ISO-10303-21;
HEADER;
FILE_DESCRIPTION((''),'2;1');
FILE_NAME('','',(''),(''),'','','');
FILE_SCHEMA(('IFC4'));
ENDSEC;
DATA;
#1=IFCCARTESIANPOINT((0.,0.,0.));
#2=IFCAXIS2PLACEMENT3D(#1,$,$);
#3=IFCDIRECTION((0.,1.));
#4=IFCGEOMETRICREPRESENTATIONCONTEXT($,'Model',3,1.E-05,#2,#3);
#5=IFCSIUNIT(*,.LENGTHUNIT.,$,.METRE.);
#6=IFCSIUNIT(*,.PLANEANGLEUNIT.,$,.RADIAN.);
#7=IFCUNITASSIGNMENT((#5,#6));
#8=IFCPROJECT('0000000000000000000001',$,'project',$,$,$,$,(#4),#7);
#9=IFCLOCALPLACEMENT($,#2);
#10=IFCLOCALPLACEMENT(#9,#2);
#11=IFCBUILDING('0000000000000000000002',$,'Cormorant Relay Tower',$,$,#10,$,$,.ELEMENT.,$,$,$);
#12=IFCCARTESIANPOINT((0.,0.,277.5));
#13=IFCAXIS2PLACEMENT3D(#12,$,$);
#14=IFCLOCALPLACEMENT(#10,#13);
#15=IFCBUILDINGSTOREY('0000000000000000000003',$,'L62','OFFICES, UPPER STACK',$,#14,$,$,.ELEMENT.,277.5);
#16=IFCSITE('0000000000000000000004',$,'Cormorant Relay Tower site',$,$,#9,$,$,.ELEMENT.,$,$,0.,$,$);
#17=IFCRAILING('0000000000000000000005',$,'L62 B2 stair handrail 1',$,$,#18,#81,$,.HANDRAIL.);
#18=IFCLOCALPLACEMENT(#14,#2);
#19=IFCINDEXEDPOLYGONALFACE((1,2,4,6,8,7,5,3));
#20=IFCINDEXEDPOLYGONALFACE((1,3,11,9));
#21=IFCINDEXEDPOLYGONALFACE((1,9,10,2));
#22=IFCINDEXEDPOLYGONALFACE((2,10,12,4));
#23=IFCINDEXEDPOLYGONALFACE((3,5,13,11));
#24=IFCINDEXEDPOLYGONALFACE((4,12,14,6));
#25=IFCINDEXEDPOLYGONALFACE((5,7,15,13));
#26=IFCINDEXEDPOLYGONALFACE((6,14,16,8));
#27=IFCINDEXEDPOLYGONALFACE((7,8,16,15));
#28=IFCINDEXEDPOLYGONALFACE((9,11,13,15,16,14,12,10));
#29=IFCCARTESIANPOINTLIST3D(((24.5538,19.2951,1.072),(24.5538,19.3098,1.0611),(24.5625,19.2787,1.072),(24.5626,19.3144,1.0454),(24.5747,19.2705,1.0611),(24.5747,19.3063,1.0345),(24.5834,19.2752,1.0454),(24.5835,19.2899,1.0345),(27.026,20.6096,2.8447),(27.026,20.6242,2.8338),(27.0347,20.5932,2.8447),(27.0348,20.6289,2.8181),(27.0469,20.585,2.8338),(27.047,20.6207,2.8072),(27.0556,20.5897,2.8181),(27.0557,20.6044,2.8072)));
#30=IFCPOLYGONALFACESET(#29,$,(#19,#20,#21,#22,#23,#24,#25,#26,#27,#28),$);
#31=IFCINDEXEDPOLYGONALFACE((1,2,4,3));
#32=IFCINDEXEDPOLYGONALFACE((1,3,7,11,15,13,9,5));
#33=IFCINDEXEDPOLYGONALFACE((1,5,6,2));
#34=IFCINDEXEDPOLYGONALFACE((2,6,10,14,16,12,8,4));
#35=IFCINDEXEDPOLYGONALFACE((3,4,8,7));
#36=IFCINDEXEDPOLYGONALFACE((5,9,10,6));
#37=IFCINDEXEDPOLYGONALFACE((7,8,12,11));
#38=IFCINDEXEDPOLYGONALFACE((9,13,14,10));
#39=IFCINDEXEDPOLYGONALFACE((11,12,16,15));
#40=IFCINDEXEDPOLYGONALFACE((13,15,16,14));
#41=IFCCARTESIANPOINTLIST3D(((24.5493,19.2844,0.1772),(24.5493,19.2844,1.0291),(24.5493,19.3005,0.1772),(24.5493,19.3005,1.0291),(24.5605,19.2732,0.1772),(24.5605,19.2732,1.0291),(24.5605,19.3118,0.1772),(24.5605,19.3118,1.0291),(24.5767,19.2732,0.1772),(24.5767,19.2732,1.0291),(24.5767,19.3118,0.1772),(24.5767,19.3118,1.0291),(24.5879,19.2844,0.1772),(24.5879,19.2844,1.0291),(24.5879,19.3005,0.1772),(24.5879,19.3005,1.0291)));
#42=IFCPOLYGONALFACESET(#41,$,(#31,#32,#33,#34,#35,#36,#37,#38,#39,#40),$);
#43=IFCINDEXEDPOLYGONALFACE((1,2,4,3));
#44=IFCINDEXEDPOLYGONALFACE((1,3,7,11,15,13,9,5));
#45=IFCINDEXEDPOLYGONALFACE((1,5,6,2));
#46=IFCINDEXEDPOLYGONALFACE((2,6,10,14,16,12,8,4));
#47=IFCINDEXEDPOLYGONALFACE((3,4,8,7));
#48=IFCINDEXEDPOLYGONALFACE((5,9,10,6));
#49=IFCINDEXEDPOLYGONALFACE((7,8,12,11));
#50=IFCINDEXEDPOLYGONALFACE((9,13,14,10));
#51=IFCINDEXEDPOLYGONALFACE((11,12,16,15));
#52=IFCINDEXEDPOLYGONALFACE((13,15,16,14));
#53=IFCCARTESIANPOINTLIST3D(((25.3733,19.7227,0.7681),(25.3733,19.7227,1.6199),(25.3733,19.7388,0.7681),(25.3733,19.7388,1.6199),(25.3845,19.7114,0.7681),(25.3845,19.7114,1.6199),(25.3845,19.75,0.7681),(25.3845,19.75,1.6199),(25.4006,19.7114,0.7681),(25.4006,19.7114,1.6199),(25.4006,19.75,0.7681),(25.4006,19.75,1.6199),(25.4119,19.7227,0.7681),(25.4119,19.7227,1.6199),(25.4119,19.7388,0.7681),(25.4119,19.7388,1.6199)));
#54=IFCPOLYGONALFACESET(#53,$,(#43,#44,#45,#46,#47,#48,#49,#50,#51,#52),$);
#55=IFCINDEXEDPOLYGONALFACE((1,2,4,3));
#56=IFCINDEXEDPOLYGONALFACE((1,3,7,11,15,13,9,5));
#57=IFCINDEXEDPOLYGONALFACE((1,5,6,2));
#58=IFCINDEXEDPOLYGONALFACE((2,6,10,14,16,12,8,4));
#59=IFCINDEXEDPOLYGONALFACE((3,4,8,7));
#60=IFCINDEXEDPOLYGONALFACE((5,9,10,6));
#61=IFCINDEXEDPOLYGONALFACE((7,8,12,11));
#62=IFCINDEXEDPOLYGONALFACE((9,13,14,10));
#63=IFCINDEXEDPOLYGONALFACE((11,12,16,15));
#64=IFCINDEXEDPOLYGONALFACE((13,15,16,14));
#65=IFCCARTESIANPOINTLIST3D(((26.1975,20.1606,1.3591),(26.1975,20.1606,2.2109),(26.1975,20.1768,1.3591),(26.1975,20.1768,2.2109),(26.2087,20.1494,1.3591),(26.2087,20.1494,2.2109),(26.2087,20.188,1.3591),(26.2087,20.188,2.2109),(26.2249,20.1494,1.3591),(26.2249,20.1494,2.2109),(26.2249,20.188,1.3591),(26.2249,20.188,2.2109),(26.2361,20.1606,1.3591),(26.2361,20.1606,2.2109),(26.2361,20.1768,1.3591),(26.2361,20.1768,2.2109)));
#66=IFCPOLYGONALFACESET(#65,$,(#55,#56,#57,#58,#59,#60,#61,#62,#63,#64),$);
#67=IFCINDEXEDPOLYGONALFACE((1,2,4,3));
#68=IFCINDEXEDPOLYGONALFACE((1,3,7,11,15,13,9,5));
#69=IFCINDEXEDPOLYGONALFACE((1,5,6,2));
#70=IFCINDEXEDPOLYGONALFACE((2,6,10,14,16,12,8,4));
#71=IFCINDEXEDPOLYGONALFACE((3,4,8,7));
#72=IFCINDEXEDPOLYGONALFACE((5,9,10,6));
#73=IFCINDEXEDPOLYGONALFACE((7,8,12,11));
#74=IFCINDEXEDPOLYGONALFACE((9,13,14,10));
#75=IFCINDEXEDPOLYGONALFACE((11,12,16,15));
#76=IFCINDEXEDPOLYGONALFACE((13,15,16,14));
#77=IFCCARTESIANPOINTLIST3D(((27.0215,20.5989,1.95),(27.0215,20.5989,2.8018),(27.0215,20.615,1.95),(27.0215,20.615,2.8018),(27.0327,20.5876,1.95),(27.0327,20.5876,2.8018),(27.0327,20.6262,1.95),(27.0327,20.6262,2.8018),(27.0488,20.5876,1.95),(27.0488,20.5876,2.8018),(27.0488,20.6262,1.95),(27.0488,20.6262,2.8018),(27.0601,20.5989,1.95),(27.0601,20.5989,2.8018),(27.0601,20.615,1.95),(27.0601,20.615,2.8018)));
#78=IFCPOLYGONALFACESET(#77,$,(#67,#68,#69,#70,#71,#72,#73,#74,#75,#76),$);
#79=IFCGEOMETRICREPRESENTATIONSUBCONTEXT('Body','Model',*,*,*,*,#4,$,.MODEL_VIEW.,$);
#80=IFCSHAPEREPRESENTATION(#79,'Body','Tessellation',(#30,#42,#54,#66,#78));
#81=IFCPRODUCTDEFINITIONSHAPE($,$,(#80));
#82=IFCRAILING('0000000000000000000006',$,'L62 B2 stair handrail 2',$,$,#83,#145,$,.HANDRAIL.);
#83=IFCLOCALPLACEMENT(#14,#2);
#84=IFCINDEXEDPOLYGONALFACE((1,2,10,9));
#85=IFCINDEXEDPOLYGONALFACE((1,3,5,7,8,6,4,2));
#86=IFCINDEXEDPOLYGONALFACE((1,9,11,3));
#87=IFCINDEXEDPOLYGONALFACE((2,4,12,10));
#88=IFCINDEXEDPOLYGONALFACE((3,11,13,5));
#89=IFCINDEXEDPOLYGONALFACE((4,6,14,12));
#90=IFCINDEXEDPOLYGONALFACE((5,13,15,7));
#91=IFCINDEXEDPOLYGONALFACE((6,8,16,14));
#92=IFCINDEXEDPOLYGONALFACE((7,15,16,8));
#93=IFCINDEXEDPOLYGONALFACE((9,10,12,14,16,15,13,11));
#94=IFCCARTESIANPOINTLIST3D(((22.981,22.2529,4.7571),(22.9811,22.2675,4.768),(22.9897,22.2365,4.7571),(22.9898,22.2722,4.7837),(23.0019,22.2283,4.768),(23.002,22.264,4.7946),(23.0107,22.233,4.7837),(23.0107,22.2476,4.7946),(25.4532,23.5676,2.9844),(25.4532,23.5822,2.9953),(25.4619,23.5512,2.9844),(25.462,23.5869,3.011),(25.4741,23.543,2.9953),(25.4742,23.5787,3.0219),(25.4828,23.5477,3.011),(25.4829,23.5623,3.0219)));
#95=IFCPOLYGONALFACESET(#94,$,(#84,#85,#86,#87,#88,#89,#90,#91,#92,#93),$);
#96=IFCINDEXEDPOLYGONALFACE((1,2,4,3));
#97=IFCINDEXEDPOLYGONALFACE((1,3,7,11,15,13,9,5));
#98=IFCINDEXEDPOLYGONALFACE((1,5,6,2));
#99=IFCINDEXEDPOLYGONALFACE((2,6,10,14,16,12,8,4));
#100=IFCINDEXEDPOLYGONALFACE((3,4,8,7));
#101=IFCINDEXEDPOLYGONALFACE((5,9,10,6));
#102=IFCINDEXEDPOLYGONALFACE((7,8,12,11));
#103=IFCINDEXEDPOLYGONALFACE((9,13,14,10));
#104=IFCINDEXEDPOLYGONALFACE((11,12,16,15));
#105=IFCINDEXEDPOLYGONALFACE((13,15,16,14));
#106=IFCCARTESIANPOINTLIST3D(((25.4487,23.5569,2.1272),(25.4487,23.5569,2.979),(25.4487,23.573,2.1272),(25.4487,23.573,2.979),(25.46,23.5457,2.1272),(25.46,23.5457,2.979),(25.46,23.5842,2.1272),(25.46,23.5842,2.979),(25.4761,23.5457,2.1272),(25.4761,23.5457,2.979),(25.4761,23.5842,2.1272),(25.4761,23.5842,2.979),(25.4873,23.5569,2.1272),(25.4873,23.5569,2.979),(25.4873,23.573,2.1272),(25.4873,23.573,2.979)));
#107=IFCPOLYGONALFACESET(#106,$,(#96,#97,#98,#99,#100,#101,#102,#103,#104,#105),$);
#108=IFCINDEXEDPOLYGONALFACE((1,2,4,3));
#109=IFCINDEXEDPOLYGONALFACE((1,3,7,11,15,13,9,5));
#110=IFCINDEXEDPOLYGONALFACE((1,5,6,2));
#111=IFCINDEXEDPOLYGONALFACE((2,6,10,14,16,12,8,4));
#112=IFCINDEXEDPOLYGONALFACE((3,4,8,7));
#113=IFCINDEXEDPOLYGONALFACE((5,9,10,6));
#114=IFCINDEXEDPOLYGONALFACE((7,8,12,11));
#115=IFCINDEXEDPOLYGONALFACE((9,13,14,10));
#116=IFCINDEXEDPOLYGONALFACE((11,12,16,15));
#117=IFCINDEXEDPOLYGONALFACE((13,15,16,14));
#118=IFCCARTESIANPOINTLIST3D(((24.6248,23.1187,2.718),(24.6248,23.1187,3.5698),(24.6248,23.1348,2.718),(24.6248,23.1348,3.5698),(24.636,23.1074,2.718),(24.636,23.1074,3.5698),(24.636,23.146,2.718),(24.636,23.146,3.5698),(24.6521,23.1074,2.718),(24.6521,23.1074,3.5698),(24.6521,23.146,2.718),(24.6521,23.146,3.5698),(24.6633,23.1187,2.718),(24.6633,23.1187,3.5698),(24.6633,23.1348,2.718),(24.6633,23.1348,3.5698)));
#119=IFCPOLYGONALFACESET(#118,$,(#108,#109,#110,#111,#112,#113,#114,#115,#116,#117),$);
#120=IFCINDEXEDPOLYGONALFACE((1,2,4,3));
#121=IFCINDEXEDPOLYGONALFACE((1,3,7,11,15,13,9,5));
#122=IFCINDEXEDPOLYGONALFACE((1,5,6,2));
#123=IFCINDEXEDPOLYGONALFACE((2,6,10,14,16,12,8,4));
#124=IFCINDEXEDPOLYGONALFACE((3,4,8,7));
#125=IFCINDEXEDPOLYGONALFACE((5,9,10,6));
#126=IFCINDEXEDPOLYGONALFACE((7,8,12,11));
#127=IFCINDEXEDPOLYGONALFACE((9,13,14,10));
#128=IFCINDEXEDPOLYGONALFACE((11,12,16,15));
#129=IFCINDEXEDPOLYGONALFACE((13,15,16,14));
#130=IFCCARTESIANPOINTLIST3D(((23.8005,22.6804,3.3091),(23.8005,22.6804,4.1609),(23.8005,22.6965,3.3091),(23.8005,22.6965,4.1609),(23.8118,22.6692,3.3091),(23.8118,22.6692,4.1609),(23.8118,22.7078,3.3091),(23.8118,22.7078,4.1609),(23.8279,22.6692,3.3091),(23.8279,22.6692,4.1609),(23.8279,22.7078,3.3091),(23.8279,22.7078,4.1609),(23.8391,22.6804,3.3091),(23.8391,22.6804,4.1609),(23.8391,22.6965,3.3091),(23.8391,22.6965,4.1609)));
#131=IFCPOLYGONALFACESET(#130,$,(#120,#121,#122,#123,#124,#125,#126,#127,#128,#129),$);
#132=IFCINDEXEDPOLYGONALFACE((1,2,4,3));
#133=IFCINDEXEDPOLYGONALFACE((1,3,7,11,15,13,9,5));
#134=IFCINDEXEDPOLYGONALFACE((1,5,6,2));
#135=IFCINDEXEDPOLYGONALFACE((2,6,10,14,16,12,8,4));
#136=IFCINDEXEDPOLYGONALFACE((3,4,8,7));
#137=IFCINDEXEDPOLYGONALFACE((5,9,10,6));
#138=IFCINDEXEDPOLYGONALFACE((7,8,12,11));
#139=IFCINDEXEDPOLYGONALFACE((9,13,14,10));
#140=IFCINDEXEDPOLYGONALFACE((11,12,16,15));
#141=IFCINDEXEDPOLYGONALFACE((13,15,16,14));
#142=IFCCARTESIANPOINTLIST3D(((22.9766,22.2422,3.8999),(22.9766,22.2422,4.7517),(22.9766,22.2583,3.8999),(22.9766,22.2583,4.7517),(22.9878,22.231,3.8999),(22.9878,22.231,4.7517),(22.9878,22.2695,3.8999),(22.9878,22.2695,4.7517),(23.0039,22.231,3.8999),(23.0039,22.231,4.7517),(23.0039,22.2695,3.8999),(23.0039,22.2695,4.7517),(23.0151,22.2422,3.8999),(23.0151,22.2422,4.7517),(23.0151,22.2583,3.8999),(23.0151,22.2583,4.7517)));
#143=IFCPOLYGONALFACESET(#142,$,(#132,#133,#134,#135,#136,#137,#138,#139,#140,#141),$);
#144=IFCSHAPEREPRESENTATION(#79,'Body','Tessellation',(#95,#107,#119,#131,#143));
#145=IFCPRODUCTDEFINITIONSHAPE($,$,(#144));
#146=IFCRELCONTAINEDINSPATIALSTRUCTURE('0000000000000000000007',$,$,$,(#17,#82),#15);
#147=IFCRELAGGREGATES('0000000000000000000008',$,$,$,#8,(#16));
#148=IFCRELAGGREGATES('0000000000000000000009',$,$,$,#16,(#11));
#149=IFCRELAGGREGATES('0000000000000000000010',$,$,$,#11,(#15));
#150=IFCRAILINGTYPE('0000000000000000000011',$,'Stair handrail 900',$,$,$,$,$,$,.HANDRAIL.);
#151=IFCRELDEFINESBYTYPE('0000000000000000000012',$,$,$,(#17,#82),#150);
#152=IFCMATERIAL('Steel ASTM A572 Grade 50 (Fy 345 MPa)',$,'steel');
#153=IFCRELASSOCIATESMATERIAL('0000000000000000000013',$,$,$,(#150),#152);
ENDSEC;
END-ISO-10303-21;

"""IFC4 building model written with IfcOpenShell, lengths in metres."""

from ifc_helpers import new_model, si_unit, direction, frame, origin, place, context, subcontext, project, spatial, polyline, outline, extrude, material, type_object, element, save


model = new_model("IFC4")

# Units and contexts
model_context = context("Model", 3, precision=1e-05, world=origin(), true_north=direction((0.0, 1.0)))
body_context = subcontext(model_context, "Body", "Model", "MODEL_VIEW")
ifc_project = project(units=[si_unit("LENGTHUNIT", "METRE"), si_unit("PLANEANGLEUNIT", "RADIAN")], contexts=[model_context])

# Site, building, storey
site_placement = place(None, origin())
site = spatial("IfcSite", under=ifc_project, at=site_placement, Name="Cormorant Relay Tower site", CompositionType="ELEMENT", RefElevation=0.0)
building_placement = place(site_placement, origin())
building = spatial("IfcBuilding", under=site, at=building_placement, Name="Cormorant Relay Tower", CompositionType="ELEMENT")
storey_placement = place(building_placement, frame((0.0, 0.0, 277.5)))
storey = spatial("IfcBuildingStorey", under=building, at=storey_placement, Name="L62", Description="OFFICES, UPPER STACK", CompositionType="ELEMENT", Elevation=277.5)

# Railings
ifc_material_1 = material(Name="Steel ASTM A572 Grade 50 (Fy 345 MPa)", Category="steel")
railing_type_1 = type_object("IfcRailingType", Name="Stair handrail 900", PredefinedType="HANDRAIL", material=ifc_material_1)
railing_1_placement = place(storey_placement, frame((24.5686, 19.2925, 0.1772)))
element("IfcRailing", 1, at=railing_1_placement, inside=storey, type_object=railing_type_1, Name="L62 B2 stair handrail 1", PredefinedType="HANDRAIL", context=body_context, shape_type="SweptSolid", body=[
    extrude(outline(polyline([(0.0222, 0.0093), (0.0093, 0.0222), (-0.0093, 0.0222), (-0.0222, 0.0093), (-0.0222, -0.0093), (-0.0093, -0.0222), (0.0093, -0.0222), (0.0222, -0.0093), (0.0222, 0.0093)])), frame((0.0, 0.0, 0.876), z_axis=(0.746001, 0.396649, 0.534931), x_axis=(-0.469465, 0.882951, 0.0)), (0.0, 0.0, 1.0), 3.314),
    extrude(outline(polyline([(0.0193, 0.0081), (0.0081, 0.0193), (-0.0081, 0.0193), (-0.0193, 0.0081), (-0.0193, -0.0081), (-0.0081, -0.0193), (0.0081, -0.0193), (0.0193, -0.0081), (0.0193, 0.0081)])), origin(), (0.0, 0.0, 1.0), 0.8518),
    extrude(outline(polyline([(0.0193, 0.0081), (0.0081, 0.0193), (-0.0081, 0.0193), (-0.0193, 0.0081), (-0.0193, -0.0081), (-0.0081, -0.0193), (0.0081, -0.0193), (0.0193, -0.0081), (0.0193, 0.0081)])), frame((0.824, 0.4382, 0.5908)), (0.0, 0.0, 1.0), 0.8518),
    extrude(outline(polyline([(0.0193, 0.0081), (0.0081, 0.0193), (-0.0081, 0.0193), (-0.0193, 0.0081), (-0.0193, -0.0081), (-0.0081, -0.0193), (0.0081, -0.0193), (0.0193, -0.0081), (0.0193, 0.0081)])), frame((1.6482, 0.8762, 1.1819)), (0.0, 0.0, 1.0), 0.8518),
    extrude(outline(polyline([(0.0193, 0.0081), (0.0081, 0.0193), (-0.0081, 0.0193), (-0.0193, 0.0081), (-0.0193, -0.0081), (-0.0081, -0.0193), (0.0081, -0.0193), (0.0193, -0.0081), (0.0193, 0.0081)])), frame((2.4722, 1.3145, 1.7727)), (0.0, 0.0, 1.0), 0.8518),
])
railing_2_placement = place(storey_placement, frame((25.468, 23.5649, 2.1272)))
element("IfcRailing", 2, at=railing_2_placement, inside=storey, type_object=railing_type_1, Name="L62 B2 stair handrail 2", PredefinedType="HANDRAIL", context=body_context, shape_type="SweptSolid", body=[
    extrude(outline(polyline([(0.0222, 0.0093), (0.0093, 0.0222), (-0.0093, 0.0222), (-0.0222, 0.0093), (-0.0222, -0.0093), (-0.0093, -0.0222), (0.0093, -0.0222), (0.0222, -0.0093), (0.0222, 0.0093)])), frame((0.0, 0.0, 0.876), z_axis=(-0.745979, -0.396711, 0.534916), x_axis=(0.469533, -0.882915, 0.0)), (0.0, 0.0, 1.0), 3.314),
    extrude(outline(polyline([(0.0193, 0.0081), (0.0081, 0.0193), (-0.0081, 0.0193), (-0.0193, 0.0081), (-0.0193, -0.0081), (-0.0081, -0.0193), (0.0081, -0.0193), (0.0193, -0.0081), (0.0193, 0.0081)])), origin(), (0.0, 0.0, 1.0), 0.8518),
    extrude(outline(polyline([(0.0193, 0.0081), (0.0081, 0.0193), (-0.0081, 0.0193), (-0.0193, 0.0081), (-0.0193, -0.0081), (-0.0081, -0.0193), (0.0081, -0.0193), (0.0193, -0.0081), (0.0193, 0.0081)])), frame((-0.824, -0.4382, 0.5908)), (0.0, 0.0, 1.0), 0.8518),
    extrude(outline(polyline([(0.0193, 0.0081), (0.0081, 0.0193), (-0.0081, 0.0193), (-0.0193, 0.0081), (-0.0193, -0.0081), (-0.0081, -0.0193), (0.0081, -0.0193), (0.0193, -0.0081), (0.0193, 0.0081)])), frame((-1.6482, -0.8765, 1.1819)), (0.0, 0.0, 1.0), 0.8518),
    extrude(outline(polyline([(0.0193, 0.0081), (0.0081, 0.0193), (-0.0081, 0.0193), (-0.0193, 0.0081), (-0.0193, -0.0081), (-0.0081, -0.0193), (0.0081, -0.0193), (0.0193, -0.0081), (0.0193, 0.0081)])), frame((-2.4722, -1.3147, 1.7727)), (0.0, 0.0, 1.0), 0.8518),
])

save(model, "model.ifc")
